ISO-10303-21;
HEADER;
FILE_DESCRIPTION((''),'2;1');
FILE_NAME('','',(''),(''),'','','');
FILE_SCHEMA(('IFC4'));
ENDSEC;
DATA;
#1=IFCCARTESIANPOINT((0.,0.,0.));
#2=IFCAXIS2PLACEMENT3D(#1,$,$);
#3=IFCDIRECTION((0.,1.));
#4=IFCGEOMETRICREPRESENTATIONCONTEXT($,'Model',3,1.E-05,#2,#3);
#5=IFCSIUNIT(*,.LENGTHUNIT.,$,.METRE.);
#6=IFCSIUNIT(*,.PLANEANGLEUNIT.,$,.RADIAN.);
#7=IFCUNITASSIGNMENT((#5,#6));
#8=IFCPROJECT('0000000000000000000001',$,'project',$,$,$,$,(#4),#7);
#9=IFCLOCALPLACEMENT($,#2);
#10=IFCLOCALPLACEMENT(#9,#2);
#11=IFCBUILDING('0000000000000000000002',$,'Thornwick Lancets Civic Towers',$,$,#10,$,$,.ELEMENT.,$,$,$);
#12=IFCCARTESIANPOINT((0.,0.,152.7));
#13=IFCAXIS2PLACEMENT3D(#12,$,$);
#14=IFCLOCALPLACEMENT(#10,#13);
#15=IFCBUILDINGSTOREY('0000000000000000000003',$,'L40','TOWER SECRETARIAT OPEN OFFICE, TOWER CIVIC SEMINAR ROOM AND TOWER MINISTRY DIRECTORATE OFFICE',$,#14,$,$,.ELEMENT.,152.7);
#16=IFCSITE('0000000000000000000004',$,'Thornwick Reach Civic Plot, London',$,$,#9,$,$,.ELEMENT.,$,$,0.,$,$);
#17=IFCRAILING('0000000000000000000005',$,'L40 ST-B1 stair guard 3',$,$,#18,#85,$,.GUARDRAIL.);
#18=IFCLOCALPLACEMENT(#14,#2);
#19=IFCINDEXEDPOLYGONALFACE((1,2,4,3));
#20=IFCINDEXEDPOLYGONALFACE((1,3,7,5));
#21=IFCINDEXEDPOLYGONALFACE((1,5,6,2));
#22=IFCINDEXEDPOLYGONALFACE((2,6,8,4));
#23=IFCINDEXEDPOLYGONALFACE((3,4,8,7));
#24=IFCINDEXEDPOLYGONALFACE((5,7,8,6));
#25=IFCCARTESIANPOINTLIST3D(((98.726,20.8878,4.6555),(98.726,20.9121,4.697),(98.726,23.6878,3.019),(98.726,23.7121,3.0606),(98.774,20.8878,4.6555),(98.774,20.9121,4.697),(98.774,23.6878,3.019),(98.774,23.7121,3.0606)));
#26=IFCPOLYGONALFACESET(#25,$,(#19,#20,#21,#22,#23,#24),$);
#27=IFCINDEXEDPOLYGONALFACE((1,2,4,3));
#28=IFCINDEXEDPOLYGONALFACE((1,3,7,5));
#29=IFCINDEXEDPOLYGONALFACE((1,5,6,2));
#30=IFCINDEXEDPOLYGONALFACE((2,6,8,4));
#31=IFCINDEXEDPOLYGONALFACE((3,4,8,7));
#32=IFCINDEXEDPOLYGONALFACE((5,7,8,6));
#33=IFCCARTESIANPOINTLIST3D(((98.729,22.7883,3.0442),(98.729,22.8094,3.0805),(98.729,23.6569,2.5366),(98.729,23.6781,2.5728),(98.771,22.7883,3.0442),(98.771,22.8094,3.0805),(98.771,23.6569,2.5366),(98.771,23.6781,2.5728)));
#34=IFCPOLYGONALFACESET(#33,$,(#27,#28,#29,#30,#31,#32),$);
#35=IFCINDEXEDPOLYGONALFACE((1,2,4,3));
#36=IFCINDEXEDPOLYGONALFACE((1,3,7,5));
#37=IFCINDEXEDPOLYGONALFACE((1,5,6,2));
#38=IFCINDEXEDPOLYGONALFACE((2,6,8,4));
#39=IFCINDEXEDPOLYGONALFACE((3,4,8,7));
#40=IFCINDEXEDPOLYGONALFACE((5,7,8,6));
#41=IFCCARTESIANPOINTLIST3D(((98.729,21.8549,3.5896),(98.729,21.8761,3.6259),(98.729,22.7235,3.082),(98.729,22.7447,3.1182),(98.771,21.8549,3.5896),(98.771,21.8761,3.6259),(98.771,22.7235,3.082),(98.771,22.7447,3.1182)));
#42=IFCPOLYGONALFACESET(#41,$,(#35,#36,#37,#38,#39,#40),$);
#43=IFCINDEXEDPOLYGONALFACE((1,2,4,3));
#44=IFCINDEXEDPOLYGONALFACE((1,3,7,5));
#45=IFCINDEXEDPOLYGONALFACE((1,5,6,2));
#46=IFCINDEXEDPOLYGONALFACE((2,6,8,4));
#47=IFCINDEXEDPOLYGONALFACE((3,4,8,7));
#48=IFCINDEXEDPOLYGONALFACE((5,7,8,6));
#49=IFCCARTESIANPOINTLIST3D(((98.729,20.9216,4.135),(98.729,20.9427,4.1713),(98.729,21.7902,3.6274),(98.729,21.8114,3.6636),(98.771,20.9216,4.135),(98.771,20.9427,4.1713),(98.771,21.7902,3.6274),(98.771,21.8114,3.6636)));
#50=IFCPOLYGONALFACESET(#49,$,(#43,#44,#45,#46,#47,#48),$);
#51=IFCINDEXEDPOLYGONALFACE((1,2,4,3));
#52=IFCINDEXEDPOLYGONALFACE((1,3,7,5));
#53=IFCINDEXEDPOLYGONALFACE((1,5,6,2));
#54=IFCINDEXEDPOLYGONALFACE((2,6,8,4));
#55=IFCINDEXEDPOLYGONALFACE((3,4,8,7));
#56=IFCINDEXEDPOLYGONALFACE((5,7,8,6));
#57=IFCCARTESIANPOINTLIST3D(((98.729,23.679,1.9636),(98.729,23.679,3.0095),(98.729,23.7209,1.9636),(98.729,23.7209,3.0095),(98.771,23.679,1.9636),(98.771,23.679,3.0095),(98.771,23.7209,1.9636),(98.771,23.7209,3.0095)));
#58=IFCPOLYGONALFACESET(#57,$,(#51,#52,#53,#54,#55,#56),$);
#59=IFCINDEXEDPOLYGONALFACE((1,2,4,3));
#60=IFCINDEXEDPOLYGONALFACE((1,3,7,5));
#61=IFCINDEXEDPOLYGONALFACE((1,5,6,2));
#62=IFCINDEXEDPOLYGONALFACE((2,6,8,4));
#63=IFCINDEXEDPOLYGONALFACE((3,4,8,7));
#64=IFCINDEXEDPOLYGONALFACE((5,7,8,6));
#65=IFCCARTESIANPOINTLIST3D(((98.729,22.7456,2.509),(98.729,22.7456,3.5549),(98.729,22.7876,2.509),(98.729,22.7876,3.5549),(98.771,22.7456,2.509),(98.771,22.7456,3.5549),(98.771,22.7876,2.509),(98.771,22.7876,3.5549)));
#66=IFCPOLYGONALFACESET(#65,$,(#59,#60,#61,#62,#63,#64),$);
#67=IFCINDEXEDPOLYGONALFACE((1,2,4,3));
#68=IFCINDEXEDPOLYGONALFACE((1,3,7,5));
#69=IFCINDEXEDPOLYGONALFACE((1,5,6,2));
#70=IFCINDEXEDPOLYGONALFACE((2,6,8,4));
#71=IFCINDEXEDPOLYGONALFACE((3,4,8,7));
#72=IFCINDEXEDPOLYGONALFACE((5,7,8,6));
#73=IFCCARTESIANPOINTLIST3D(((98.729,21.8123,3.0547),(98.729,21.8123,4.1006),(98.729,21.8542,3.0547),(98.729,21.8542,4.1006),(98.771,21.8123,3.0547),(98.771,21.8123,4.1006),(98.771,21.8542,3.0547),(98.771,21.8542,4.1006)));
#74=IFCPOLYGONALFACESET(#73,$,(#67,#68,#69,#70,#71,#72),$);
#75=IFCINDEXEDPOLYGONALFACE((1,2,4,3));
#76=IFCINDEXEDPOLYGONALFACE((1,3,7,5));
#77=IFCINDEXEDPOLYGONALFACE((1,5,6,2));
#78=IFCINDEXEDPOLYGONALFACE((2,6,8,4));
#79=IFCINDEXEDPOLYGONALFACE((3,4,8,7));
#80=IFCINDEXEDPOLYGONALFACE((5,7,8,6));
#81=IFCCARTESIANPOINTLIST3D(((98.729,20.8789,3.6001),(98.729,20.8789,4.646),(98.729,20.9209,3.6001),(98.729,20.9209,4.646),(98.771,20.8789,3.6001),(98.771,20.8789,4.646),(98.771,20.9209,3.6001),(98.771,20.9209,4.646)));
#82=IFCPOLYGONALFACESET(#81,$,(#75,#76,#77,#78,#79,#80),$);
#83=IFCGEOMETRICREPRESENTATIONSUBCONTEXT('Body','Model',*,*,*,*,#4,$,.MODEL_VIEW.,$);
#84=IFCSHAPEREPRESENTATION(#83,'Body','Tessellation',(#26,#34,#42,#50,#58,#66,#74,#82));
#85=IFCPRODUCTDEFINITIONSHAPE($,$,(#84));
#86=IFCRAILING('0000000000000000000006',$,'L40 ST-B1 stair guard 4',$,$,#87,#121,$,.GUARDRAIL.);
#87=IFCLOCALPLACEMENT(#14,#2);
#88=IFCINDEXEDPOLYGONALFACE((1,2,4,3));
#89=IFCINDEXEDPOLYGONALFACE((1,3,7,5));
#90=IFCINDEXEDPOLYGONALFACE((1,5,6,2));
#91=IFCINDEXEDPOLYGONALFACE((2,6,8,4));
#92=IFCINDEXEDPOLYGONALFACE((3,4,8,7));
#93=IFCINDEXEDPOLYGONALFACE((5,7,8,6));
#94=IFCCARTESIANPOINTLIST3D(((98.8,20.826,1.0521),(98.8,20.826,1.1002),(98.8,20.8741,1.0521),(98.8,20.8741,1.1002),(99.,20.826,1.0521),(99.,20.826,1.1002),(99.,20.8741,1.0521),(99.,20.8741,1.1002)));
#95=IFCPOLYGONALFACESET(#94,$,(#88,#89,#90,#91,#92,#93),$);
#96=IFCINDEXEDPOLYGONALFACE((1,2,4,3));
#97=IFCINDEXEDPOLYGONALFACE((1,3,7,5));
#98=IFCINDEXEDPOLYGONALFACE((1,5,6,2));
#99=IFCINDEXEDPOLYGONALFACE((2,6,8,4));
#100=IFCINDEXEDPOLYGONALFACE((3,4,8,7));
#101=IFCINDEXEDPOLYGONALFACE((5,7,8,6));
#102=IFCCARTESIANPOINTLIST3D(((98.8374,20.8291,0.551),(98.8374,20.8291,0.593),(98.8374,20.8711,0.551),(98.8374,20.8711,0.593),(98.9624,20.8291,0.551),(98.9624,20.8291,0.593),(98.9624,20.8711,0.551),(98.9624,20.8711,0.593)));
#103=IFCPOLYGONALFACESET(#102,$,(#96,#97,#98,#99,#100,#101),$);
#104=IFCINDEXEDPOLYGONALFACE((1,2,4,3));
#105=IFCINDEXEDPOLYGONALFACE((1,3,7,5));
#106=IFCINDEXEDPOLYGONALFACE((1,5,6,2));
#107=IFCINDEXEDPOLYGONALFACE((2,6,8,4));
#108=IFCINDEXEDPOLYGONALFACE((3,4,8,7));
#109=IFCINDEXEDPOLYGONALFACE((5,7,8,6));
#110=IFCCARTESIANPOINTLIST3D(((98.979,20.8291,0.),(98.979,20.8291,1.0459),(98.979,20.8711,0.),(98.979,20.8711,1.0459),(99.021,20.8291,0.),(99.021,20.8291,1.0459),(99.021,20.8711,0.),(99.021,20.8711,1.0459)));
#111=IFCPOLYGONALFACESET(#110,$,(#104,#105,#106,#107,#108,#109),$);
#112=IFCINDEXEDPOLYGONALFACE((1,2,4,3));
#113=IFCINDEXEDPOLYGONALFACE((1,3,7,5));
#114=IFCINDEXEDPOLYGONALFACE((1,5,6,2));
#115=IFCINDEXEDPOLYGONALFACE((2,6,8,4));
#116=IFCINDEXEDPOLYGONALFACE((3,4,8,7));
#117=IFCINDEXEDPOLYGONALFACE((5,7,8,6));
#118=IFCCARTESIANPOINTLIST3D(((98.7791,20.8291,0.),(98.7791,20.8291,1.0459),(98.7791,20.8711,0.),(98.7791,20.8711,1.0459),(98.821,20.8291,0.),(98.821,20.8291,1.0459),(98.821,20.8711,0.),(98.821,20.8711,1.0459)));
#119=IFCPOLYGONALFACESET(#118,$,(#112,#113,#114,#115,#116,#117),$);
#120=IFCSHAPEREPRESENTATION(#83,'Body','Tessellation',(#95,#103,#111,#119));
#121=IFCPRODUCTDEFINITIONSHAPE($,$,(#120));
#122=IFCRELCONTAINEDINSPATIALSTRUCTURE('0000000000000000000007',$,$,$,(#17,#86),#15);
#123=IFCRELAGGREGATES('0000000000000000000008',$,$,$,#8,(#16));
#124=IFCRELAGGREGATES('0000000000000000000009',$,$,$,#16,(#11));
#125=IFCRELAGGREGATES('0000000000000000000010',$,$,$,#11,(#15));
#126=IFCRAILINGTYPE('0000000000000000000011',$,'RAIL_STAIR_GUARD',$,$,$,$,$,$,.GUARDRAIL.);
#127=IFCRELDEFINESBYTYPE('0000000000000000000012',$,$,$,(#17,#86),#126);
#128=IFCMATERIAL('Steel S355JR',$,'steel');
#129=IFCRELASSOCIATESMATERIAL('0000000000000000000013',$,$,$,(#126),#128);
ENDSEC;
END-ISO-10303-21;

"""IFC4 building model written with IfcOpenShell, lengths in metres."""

from ifc_helpers import new_model, si_unit, direction, frame, origin, origin_2d, place, context, subcontext, project, spatial, rectangle, extrude, material, type_object, element, save


model = new_model("IFC4")

# Units and contexts
model_context = context("Model", 3, precision=1e-05, world=origin(), true_north=direction((0.0, 1.0)))
body_context = subcontext(model_context, "Body", "Model", "MODEL_VIEW")
ifc_project = project(units=[si_unit("LENGTHUNIT", "METRE"), si_unit("PLANEANGLEUNIT", "RADIAN")], contexts=[model_context])

# Site, building, storey
site_placement = place(None, origin())
site = spatial("IfcSite", under=ifc_project, at=site_placement, Name="Thornwick Reach Civic Plot, London", CompositionType="ELEMENT", RefElevation=0.0)
building_placement = place(site_placement, origin())
building = spatial("IfcBuilding", under=site, at=building_placement, Name="Thornwick Lancets Civic Towers", CompositionType="ELEMENT")
storey_placement = place(building_placement, frame((0.0, 0.0, 152.7)))
storey = spatial("IfcBuildingStorey", under=building, at=storey_placement, Name="L40", Description="TOWER SECRETARIAT OPEN OFFICE, TOWER CIVIC SEMINAR ROOM AND TOWER MINISTRY DIRECTORATE OFFICE", CompositionType="ELEMENT", Elevation=152.7)

# Shared definitions
ifc_material_1 = material(Name="Steel S355JR", Category="steel")

# Railings
railing_type_1 = type_object("IfcRailingType", Name="RAIL_STAIR_GUARD", PredefinedType="GUARDRAIL", material=ifc_material_1)
railing_1_placement = place(storey_placement, frame((98.75, 23.7, 1.9636)))
element("IfcRailing", 1, at=railing_1_placement, inside=storey, type_object=railing_type_1, Name="L40 ST-B1 stair guard 3", PredefinedType="GUARDRAIL", context=body_context, shape_type="SweptSolid", body=[
    extrude(rectangle(XDim=0.0481, YDim=0.0481, at=origin_2d()), frame((0.0, 0.0, 1.0762), z_axis=(0.0, -0.863361, 0.504587), x_axis=(1.0, 0.0, 0.0)), (0.0, 0.0, 1.0), 3.2432),
    extrude(rectangle(XDim=0.042, YDim=0.042, at=origin_2d()), frame((0.0, -0.0325, 0.5911), z_axis=(0.0, -0.863361, 0.504587), x_axis=(1.0, 0.0, 0.0)), (0.0, 0.0, 1.0), 1.0061),
    extrude(rectangle(XDim=0.042, YDim=0.042, at=origin_2d()), frame((0.0, -0.9658, 1.1365), z_axis=(0.0, -0.863361, 0.504587), x_axis=(1.0, 0.0, 0.0)), (0.0, 0.0, 1.0), 1.0061),
    extrude(rectangle(XDim=0.042, YDim=0.042, at=origin_2d()), frame((0.0, -1.8992, 1.6819), z_axis=(0.0, -0.863361, 0.504587), x_axis=(1.0, 0.0, 0.0)), (0.0, 0.0, 1.0), 1.0061),
    extrude(rectangle(XDim=0.042, YDim=0.042, at=origin_2d()), origin(), (0.0, 0.0, 1.0), 1.0459),
    extrude(rectangle(XDim=0.042, YDim=0.042, at=origin_2d()), frame((0.0, -0.9333, 0.5454)), (0.0, 0.0, 1.0), 1.0459),
    extrude(rectangle(XDim=0.042, YDim=0.042, at=origin_2d()), frame((0.0, -1.8667, 1.0911)), (0.0, 0.0, 1.0), 1.0459),
    extrude(rectangle(XDim=0.042, YDim=0.042, at=origin_2d()), frame((0.0, -2.8, 1.6365)), (0.0, 0.0, 1.0), 1.0459),
])
railing_2_placement = place(storey_placement, frame((99.0, 20.8501, 0.0)))
element("IfcRailing", 2, at=railing_2_placement, inside=storey, type_object=railing_type_1, Name="L40 ST-B1 stair guard 4", PredefinedType="GUARDRAIL", context=body_context, shape_type="SweptSolid", body=[
    extrude(rectangle(XDim=0.0481, YDim=0.0481, at=origin_2d()), frame((0.0, 0.0, 1.0762), z_axis=(-1.0, 0.0, 0.0), x_axis=(0.0, -1.0, 0.0)), (0.0, 0.0, 1.0), 0.2),
    extrude(rectangle(XDim=0.042, YDim=0.042, at=origin_2d()), frame((-0.0376, 0.0, 0.572), z_axis=(-1.0, 0.0, 0.0), x_axis=(0.0, -1.0, 0.0)), (0.0, 0.0, 1.0), 0.125),
    extrude(rectangle(XDim=0.042, YDim=0.042, at=origin_2d()), origin(), (0.0, 0.0, 1.0), 1.0459),
    extrude(rectangle(XDim=0.042, YDim=0.042, at=origin_2d()), frame((-0.2, 0.0, 0.0)), (0.0, 0.0, 1.0), 1.0459),
])

save(model, "model.ifc")
